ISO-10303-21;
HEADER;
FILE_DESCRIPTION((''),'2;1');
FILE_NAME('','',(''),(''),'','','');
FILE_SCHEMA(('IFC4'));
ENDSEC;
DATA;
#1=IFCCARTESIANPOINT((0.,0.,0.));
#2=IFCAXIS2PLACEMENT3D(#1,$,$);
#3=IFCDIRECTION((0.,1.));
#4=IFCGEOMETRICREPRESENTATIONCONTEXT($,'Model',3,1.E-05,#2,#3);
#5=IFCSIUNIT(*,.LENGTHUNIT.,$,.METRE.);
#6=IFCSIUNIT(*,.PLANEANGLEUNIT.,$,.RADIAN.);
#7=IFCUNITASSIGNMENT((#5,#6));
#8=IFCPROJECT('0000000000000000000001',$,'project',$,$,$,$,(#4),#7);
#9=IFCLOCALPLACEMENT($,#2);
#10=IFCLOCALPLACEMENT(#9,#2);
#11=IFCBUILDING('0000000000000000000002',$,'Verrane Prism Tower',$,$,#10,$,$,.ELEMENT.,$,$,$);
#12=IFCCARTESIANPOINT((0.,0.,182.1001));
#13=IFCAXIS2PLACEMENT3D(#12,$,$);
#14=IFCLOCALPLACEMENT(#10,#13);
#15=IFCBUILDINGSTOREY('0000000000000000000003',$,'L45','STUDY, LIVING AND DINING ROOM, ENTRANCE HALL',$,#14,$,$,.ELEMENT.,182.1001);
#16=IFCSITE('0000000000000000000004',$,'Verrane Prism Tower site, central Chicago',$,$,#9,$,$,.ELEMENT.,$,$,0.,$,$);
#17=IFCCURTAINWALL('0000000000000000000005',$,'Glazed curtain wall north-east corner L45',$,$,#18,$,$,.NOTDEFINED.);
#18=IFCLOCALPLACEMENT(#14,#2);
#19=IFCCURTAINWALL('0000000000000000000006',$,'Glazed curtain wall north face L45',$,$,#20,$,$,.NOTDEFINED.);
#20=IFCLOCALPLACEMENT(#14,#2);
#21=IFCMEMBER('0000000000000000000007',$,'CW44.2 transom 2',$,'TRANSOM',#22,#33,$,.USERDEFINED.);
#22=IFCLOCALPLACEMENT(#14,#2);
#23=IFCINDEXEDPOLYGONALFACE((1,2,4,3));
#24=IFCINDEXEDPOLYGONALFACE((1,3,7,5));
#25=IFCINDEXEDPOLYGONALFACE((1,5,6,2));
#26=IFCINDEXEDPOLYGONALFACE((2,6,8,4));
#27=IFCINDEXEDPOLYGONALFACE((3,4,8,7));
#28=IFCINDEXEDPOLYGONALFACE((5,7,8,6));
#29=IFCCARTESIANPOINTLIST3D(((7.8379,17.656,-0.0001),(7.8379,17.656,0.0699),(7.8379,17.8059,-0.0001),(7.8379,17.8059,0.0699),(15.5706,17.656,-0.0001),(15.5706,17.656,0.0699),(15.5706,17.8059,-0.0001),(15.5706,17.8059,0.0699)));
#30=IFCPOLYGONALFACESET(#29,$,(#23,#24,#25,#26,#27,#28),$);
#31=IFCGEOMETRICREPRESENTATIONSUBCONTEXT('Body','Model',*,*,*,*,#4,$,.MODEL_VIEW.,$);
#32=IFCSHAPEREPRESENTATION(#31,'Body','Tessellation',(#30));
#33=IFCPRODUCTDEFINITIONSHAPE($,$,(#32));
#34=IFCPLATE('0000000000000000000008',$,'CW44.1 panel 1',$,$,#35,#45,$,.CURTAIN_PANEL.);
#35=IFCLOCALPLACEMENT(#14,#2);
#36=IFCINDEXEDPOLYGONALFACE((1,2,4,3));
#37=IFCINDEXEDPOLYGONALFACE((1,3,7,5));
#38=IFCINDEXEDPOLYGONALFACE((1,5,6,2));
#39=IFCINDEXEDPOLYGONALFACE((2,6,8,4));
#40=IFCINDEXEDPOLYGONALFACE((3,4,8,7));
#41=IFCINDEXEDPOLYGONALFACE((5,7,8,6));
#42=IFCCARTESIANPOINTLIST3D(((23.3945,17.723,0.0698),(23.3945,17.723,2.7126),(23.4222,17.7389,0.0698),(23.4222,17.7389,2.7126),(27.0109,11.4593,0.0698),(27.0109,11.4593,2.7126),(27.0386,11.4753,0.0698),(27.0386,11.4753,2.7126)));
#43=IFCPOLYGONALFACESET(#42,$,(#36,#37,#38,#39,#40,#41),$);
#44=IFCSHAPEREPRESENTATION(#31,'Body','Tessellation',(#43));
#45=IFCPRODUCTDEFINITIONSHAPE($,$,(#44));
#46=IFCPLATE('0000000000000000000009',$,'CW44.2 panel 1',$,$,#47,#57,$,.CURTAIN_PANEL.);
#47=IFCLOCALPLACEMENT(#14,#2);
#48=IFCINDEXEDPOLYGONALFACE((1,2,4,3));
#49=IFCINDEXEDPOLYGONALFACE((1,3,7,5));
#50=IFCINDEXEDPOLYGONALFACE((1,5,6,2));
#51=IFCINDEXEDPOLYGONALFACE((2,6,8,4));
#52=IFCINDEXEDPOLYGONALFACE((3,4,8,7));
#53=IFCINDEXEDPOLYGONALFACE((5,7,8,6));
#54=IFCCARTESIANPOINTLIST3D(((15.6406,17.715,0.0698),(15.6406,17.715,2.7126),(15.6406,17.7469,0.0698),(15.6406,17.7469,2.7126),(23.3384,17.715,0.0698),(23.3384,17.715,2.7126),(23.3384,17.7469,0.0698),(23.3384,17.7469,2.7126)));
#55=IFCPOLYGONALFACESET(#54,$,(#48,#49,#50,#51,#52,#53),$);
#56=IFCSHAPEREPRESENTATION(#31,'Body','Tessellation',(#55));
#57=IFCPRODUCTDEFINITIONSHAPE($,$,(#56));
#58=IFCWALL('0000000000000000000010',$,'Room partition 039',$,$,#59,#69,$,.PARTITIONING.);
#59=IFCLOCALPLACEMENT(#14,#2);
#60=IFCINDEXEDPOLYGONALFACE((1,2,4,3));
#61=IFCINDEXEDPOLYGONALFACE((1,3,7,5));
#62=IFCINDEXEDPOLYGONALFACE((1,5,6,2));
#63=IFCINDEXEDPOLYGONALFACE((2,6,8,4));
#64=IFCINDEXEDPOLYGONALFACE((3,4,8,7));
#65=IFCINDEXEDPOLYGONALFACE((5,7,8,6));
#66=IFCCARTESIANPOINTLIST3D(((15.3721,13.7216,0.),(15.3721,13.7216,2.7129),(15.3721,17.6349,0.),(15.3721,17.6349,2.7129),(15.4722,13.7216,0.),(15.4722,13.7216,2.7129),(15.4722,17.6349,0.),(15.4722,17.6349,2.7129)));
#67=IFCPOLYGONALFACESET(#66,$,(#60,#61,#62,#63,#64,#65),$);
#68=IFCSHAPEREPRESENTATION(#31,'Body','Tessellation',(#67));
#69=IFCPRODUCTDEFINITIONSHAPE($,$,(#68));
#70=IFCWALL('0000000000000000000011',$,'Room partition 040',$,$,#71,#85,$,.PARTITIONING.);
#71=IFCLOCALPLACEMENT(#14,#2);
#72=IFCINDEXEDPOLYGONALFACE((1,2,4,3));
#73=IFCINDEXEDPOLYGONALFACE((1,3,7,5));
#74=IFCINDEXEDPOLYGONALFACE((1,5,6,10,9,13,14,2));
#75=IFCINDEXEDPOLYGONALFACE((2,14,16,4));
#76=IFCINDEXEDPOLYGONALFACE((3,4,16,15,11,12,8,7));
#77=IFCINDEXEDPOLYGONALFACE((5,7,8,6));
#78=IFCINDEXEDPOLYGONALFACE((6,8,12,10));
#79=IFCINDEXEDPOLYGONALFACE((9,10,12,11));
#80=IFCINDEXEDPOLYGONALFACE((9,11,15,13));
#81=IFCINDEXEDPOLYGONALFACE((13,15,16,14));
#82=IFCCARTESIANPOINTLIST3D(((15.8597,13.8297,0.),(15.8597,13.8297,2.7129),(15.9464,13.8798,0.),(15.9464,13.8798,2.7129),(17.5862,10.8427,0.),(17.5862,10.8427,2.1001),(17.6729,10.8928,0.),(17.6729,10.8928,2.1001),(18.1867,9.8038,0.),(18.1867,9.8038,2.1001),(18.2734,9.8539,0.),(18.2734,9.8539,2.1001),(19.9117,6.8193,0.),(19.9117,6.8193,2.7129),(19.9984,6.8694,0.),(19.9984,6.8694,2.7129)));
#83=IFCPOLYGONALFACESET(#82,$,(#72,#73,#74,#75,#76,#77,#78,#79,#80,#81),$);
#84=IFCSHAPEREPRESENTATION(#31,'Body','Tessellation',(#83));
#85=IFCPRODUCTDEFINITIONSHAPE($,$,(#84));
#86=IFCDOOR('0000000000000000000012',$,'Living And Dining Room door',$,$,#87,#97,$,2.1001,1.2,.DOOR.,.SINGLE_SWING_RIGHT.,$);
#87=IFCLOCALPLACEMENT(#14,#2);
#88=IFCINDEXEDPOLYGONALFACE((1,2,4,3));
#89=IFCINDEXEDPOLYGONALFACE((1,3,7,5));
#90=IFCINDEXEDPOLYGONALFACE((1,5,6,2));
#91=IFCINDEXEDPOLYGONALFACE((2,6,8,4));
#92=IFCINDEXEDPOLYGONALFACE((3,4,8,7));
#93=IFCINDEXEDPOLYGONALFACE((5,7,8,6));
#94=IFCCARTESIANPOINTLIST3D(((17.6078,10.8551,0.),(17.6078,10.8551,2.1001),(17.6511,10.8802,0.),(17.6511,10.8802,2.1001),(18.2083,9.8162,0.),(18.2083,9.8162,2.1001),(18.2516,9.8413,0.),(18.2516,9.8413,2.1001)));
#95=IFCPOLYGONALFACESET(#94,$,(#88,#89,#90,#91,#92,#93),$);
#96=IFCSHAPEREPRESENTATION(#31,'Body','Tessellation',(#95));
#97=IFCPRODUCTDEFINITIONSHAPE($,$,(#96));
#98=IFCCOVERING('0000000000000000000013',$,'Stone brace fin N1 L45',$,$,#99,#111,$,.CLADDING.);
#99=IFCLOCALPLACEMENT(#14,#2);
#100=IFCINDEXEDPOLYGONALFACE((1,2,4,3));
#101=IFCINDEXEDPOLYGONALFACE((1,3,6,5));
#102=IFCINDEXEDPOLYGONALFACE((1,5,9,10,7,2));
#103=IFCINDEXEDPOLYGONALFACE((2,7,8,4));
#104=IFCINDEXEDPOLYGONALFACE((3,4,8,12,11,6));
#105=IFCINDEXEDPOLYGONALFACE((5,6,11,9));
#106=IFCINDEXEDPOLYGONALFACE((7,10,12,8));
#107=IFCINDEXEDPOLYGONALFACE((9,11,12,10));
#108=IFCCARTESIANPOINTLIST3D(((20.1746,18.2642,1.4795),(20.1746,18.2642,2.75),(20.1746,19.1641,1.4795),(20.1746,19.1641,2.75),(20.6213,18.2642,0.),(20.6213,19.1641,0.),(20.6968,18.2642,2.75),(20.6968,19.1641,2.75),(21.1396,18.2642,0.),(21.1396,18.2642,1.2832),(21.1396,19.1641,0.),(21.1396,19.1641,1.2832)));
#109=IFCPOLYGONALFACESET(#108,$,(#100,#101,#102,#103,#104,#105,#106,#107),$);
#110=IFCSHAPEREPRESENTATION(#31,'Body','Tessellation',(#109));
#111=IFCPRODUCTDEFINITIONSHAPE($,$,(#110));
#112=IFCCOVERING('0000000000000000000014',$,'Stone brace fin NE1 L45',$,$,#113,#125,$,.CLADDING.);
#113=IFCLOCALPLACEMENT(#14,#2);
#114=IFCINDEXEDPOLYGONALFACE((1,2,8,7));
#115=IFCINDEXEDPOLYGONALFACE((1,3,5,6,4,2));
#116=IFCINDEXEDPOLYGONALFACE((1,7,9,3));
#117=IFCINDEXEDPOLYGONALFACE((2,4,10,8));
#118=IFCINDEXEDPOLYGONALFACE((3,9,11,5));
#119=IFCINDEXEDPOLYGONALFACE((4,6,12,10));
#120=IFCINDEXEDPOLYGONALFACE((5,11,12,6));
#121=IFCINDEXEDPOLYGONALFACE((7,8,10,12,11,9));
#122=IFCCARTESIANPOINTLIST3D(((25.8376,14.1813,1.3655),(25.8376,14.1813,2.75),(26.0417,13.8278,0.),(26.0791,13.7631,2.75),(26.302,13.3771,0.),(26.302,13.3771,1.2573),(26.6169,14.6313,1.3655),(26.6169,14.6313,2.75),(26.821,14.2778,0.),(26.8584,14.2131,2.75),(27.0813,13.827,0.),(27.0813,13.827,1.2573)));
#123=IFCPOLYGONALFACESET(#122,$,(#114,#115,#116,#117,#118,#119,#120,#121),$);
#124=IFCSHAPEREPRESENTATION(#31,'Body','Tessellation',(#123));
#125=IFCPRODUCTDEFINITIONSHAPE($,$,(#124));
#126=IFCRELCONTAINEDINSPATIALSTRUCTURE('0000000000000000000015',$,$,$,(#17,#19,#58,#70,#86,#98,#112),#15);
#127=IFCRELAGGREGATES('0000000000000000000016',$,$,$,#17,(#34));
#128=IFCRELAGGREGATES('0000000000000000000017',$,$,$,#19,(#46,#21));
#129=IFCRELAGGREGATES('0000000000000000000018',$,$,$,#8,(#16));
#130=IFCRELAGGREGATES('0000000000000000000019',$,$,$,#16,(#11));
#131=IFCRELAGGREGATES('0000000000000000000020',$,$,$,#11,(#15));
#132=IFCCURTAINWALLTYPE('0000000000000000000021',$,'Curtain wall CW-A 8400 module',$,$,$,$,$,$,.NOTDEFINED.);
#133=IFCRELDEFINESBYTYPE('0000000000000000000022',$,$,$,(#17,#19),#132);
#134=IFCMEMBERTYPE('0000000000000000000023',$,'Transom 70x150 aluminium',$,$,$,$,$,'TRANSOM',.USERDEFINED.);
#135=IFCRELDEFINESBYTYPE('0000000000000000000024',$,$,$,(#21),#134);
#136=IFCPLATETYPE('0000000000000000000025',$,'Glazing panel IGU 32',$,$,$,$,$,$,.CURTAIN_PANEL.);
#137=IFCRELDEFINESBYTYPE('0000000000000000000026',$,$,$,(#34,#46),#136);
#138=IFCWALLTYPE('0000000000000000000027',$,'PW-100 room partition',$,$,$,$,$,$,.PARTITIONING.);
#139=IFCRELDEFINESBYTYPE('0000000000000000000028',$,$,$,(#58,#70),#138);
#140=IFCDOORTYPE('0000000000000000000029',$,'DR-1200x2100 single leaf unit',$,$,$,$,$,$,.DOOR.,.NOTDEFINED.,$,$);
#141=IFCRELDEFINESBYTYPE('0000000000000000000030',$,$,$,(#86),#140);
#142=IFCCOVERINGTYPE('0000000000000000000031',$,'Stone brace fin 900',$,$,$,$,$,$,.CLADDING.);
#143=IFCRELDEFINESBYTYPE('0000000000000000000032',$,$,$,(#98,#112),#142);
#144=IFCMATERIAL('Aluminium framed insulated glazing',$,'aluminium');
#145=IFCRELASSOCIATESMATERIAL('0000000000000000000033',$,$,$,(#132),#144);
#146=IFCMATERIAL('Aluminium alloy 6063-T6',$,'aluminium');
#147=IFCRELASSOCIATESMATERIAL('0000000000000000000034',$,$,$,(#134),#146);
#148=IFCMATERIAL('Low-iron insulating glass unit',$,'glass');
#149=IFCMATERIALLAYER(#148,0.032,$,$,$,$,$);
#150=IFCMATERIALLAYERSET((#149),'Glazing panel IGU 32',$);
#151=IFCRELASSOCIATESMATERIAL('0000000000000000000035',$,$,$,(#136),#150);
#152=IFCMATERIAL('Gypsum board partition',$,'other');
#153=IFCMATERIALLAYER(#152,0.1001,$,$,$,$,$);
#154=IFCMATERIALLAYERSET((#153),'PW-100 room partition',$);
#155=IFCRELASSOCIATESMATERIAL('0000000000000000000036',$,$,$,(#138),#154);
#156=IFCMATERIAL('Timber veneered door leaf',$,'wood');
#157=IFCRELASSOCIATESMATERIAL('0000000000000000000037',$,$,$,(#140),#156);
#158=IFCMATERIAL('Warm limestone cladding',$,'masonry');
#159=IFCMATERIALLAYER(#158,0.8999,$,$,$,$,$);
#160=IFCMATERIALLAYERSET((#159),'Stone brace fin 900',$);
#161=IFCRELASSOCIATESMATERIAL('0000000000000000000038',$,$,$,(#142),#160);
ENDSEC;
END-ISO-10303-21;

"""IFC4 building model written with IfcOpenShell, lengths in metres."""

from ifc_helpers import new_model, si_unit, direction, frame, frame_2d, origin, origin_2d, place, context, subcontext, project, spatial, polyline, rectangle, outline, extrude, material, layer, layer_set, material_profile, profile_set, type_object, element, fill, aggregate, save


model = new_model("IFC4")

# Units and contexts
model_context = context("Model", 3, precision=1e-05, world=origin(), true_north=direction((0.0, 1.0)))
body_context = subcontext(model_context, "Body", "Model", "MODEL_VIEW")
ifc_project = project(units=[si_unit("LENGTHUNIT", "METRE"), si_unit("PLANEANGLEUNIT", "RADIAN")], contexts=[model_context])

# Site, building, storey
site_placement = place(None, origin())
site = spatial("IfcSite", under=ifc_project, at=site_placement, Name="Verrane Prism Tower site, central Chicago", CompositionType="ELEMENT", RefElevation=0.0)
building_placement = place(site_placement, origin())
building = spatial("IfcBuilding", under=site, at=building_placement, Name="Verrane Prism Tower", CompositionType="ELEMENT")
storey_placement = place(building_placement, frame((0.0, 0.0, 182.1001)))
storey = spatial("IfcBuildingStorey", under=building, at=storey_placement, Name="L45", Description="STUDY, LIVING AND DINING ROOM, ENTRANCE HALL", CompositionType="ELEMENT", Elevation=182.1001)

# Curtain wall
ifc_material_1 = material(Name="Aluminium framed insulated glazing", Category="aluminium")
curtain_wall_type = type_object("IfcCurtainWallType", Name="Curtain wall CW-A 8400 module", PredefinedType="NOTDEFINED", material=ifc_material_1)
curtain_wall_1_placement = place(storey_placement, origin())
curtain_wall_1 = element("IfcCurtainWall", 1, at=curtain_wall_1_placement, inside=storey, type_object=curtain_wall_type, Name="Glazed curtain wall north-east corner L45", PredefinedType="NOTDEFINED")

# Curtain wall
curtain_wall_2_placement = place(storey_placement, origin())
curtain_wall_2 = element("IfcCurtainWall", 2, at=curtain_wall_2_placement, inside=storey, type_object=curtain_wall_type, Name="Glazed curtain wall north face L45", PredefinedType="NOTDEFINED")

# Member
ifc_material_2 = material(Name="Aluminium alloy 6063-T6", Category="aluminium")
ifc_material_profile_1 = material_profile(ifc_material_2, rectangle(XDim=0.1499, YDim=0.0701, at=origin_2d()), Name="Transom 70x150 aluminium")
ifc_profile_set_1 = profile_set([ifc_material_profile_1], Name="Aluminium alloy 6063-T6")
member_type_1 = type_object("IfcMemberType", Name="Transom 70x150 aluminium", ElementType="TRANSOM", PredefinedType="USERDEFINED", material=ifc_profile_set_1)
member_1_placement = place(storey_placement, frame((15.5706, 17.731, 0.0349), z_axis=(-1.0, 0.0, 0.0), x_axis=(0.0, -1.0, 0.0)))
member_1 = element("IfcMember", 3, at=member_1_placement, type_object=member_type_1, Name="CW44.2 transom 2", ObjectType="TRANSOM", PredefinedType="USERDEFINED", context=body_context, shape_type="SweptSolid", body=[
    extrude(rectangle(XDim=0.1499, YDim=0.0701, at=origin_2d()), origin(), (0.0, 0.0, 1.0), 7.7327),
])

# Plates
ifc_material_3 = material(Name="Low-iron insulating glass unit", Category="glass")
ifc_layer_1 = layer(ifc_material_3, 0.032)
ifc_layer_set_1 = layer_set([ifc_layer_1], Name="Glazing panel IGU 32")
plate_type = type_object("IfcPlateType", Name="Glazing panel IGU 32", PredefinedType="CURTAIN_PANEL", material=ifc_layer_set_1)
plate_1_placement = place(storey_placement, frame((25.2166, 14.5991, 0.0698), z_axis=(0.0, 0.0, 1.0), x_axis=(-0.500002, 0.866024, 0.0)))
plate_1 = element("IfcPlate", 4, at=plate_1_placement, type_object=plate_type, Name="CW44.1 panel 1", PredefinedType="CURTAIN_PANEL", context=body_context, shape_type="SweptSolid", body=[
    extrude(rectangle(XDim=7.2327, YDim=0.032, at=origin_2d()), origin(), (0.0, 0.0, 1.0), 2.6428),
])
aggregate(curtain_wall_1, [plate_1])
plate_2_placement = place(storey_placement, frame((19.4895, 17.731, 0.0698), z_axis=(0.0, 0.0, 1.0), x_axis=(-1.0, 0.0, 0.0)))
plate_2 = element("IfcPlate", 5, at=plate_2_placement, type_object=plate_type, Name="CW44.2 panel 1", PredefinedType="CURTAIN_PANEL", context=body_context, shape_type="SweptSolid", body=[
    extrude(rectangle(XDim=7.6978, YDim=0.032, at=origin_2d()), origin(), (0.0, 0.0, 1.0), 2.6428),
])
aggregate(curtain_wall_2, [plate_2, member_1])

# Wall
ifc_material_4 = material(Name="Gypsum board partition", Category="other")
ifc_layer_2 = layer(ifc_material_4, 0.1001)
ifc_layer_set_2 = layer_set([ifc_layer_2], Name="PW-100 room partition")
wall_type = type_object("IfcWallType", Name="PW-100 room partition", PredefinedType="PARTITIONING", material=ifc_layer_set_2)
wall_1_placement = place(storey_placement, frame((15.4221, 13.7217, 0.0), z_axis=(0.0, 0.0, 1.0), x_axis=(0.0, 1.0, 0.0)))
element("IfcWall", 6, at=wall_1_placement, inside=storey, type_object=wall_type, Name="Room partition 039", PredefinedType="PARTITIONING", context=body_context, shape_type="SweptSolid", body=[
    extrude(rectangle(XDim=3.9133, YDim=0.1001, at=frame_2d((1.9565, 0.0))), origin(), (0.0, 0.0, 1.0), 2.7129),
])

# Wall, opening, door
wall_2_placement = place(storey_placement, frame((15.9031, 13.8547, 0.0), z_axis=(0.0, 0.0, 1.0), x_axis=(0.500416, -0.865785, 0.0)))
wall_2 = element("IfcWall", 7, at=wall_2_placement, inside=storey, type_object=wall_type, Name="Room partition 040", PredefinedType="PARTITIONING", context=body_context, shape_type="SweptSolid", body=[
    extrude(rectangle(XDim=8.0972, YDim=0.1001, at=frame_2d((4.0486, 0.0))), origin(), (0.0, 0.0, 1.0), 2.7129),
])
opening_placement = place(wall_2_placement, frame((3.45, 0.0, 0.0)))
opening = element("IfcOpeningElement", 8, at=opening_placement, cuts=wall_2, PredefinedType="OPENING", context=body_context, shape_type="SweptSolid", body=[
    extrude(rectangle(XDim=1.2, YDim=2.1001, at=frame_2d((0.6001, 1.05))), frame((0.0, 0.0601, 0.0), z_axis=(0.0, -1.0, 0.0), x_axis=(1.0, 0.0, 0.0)), (0.0, 0.0, 1.0), 0.1201),
])
ifc_material_5 = material(Name="Timber veneered door leaf", Category="wood")
door_type = type_object("IfcDoorType", Name="DR-1200x2100 single leaf unit", OperationType="NOTDEFINED", PredefinedType="DOOR", material=ifc_material_5)
door_placement = place(opening_placement, origin())
door = element("IfcDoor", 9, at=door_placement, inside=storey, type_object=door_type, Name="Living And Dining Room door", OperationType="SINGLE_SWING_RIGHT", OverallHeight=2.1001, OverallWidth=1.2, PredefinedType="DOOR", context=body_context, shape_type="SweptSolid", body=[
    extrude(rectangle(XDim=1.2, YDim=2.1001, at=frame_2d((0.6001, 1.05))), frame((0.0, 0.0249, 0.0), z_axis=(0.0, -1.0, 0.0), x_axis=(1.0, 0.0, 0.0)), (0.0, 0.0, 1.0), 0.05),
])
fill(opening, door)

# Coverings
ifc_material_6 = material(Name="Warm limestone cladding", Category="masonry")
ifc_layer_3 = layer(ifc_material_6, 0.8999)
ifc_layer_set_3 = layer_set([ifc_layer_3], Name="Stone brace fin 900")
covering_type = type_object("IfcCoveringType", Name="Stone brace fin 900", PredefinedType="CLADDING", material=ifc_layer_set_3)
covering_1_placement = place(storey_placement, frame((21.1396, 18.7141, 0.0), z_axis=(0.0, 0.0, 1.0), x_axis=(-1.0, 0.0, 0.0)))
element("IfcCovering", 10, at=covering_1_placement, inside=storey, type_object=covering_type, Name="Stone brace fin N1 L45", PredefinedType="CLADDING", context=body_context, shape_type="SweptSolid", body=[
    extrude(outline(polyline([(0.9651, 2.75), (0.4429, 2.75), (0.0, 1.2832), (0.0, 0.0), (0.5183, 0.0), (0.9651, 1.4795), (0.9651, 2.75)])), frame((0.0, 0.45, 0.0), z_axis=(0.0, -1.0, 0.0), x_axis=(1.0, 0.0, 0.0)), (0.0, 0.0, 1.0), 0.8999),
])
covering_2_placement = place(storey_placement, frame((26.6917, 13.6021, 0.0), z_axis=(0.0, 0.0, 1.0), x_axis=(-0.500041, 0.866002, 0.0)))
element("IfcCovering", 11, at=covering_2_placement, inside=storey, type_object=covering_type, Name="Stone brace fin NE1 L45", PredefinedType="CLADDING", context=body_context, shape_type="SweptSolid", body=[
    extrude(outline(polyline([(0.9287, 2.75), (0.4458, 2.75), (0.0, 1.2573), (0.0, 0.0), (0.5205, 0.0), (0.9287, 1.3655), (0.9287, 2.75)])), frame((0.0, 0.45, 0.0), z_axis=(0.0, -1.0, 0.0), x_axis=(1.0, 0.0, 0.0)), (0.0, 0.0, 1.0), 0.8999),
])

save(model, "model.ifc")
